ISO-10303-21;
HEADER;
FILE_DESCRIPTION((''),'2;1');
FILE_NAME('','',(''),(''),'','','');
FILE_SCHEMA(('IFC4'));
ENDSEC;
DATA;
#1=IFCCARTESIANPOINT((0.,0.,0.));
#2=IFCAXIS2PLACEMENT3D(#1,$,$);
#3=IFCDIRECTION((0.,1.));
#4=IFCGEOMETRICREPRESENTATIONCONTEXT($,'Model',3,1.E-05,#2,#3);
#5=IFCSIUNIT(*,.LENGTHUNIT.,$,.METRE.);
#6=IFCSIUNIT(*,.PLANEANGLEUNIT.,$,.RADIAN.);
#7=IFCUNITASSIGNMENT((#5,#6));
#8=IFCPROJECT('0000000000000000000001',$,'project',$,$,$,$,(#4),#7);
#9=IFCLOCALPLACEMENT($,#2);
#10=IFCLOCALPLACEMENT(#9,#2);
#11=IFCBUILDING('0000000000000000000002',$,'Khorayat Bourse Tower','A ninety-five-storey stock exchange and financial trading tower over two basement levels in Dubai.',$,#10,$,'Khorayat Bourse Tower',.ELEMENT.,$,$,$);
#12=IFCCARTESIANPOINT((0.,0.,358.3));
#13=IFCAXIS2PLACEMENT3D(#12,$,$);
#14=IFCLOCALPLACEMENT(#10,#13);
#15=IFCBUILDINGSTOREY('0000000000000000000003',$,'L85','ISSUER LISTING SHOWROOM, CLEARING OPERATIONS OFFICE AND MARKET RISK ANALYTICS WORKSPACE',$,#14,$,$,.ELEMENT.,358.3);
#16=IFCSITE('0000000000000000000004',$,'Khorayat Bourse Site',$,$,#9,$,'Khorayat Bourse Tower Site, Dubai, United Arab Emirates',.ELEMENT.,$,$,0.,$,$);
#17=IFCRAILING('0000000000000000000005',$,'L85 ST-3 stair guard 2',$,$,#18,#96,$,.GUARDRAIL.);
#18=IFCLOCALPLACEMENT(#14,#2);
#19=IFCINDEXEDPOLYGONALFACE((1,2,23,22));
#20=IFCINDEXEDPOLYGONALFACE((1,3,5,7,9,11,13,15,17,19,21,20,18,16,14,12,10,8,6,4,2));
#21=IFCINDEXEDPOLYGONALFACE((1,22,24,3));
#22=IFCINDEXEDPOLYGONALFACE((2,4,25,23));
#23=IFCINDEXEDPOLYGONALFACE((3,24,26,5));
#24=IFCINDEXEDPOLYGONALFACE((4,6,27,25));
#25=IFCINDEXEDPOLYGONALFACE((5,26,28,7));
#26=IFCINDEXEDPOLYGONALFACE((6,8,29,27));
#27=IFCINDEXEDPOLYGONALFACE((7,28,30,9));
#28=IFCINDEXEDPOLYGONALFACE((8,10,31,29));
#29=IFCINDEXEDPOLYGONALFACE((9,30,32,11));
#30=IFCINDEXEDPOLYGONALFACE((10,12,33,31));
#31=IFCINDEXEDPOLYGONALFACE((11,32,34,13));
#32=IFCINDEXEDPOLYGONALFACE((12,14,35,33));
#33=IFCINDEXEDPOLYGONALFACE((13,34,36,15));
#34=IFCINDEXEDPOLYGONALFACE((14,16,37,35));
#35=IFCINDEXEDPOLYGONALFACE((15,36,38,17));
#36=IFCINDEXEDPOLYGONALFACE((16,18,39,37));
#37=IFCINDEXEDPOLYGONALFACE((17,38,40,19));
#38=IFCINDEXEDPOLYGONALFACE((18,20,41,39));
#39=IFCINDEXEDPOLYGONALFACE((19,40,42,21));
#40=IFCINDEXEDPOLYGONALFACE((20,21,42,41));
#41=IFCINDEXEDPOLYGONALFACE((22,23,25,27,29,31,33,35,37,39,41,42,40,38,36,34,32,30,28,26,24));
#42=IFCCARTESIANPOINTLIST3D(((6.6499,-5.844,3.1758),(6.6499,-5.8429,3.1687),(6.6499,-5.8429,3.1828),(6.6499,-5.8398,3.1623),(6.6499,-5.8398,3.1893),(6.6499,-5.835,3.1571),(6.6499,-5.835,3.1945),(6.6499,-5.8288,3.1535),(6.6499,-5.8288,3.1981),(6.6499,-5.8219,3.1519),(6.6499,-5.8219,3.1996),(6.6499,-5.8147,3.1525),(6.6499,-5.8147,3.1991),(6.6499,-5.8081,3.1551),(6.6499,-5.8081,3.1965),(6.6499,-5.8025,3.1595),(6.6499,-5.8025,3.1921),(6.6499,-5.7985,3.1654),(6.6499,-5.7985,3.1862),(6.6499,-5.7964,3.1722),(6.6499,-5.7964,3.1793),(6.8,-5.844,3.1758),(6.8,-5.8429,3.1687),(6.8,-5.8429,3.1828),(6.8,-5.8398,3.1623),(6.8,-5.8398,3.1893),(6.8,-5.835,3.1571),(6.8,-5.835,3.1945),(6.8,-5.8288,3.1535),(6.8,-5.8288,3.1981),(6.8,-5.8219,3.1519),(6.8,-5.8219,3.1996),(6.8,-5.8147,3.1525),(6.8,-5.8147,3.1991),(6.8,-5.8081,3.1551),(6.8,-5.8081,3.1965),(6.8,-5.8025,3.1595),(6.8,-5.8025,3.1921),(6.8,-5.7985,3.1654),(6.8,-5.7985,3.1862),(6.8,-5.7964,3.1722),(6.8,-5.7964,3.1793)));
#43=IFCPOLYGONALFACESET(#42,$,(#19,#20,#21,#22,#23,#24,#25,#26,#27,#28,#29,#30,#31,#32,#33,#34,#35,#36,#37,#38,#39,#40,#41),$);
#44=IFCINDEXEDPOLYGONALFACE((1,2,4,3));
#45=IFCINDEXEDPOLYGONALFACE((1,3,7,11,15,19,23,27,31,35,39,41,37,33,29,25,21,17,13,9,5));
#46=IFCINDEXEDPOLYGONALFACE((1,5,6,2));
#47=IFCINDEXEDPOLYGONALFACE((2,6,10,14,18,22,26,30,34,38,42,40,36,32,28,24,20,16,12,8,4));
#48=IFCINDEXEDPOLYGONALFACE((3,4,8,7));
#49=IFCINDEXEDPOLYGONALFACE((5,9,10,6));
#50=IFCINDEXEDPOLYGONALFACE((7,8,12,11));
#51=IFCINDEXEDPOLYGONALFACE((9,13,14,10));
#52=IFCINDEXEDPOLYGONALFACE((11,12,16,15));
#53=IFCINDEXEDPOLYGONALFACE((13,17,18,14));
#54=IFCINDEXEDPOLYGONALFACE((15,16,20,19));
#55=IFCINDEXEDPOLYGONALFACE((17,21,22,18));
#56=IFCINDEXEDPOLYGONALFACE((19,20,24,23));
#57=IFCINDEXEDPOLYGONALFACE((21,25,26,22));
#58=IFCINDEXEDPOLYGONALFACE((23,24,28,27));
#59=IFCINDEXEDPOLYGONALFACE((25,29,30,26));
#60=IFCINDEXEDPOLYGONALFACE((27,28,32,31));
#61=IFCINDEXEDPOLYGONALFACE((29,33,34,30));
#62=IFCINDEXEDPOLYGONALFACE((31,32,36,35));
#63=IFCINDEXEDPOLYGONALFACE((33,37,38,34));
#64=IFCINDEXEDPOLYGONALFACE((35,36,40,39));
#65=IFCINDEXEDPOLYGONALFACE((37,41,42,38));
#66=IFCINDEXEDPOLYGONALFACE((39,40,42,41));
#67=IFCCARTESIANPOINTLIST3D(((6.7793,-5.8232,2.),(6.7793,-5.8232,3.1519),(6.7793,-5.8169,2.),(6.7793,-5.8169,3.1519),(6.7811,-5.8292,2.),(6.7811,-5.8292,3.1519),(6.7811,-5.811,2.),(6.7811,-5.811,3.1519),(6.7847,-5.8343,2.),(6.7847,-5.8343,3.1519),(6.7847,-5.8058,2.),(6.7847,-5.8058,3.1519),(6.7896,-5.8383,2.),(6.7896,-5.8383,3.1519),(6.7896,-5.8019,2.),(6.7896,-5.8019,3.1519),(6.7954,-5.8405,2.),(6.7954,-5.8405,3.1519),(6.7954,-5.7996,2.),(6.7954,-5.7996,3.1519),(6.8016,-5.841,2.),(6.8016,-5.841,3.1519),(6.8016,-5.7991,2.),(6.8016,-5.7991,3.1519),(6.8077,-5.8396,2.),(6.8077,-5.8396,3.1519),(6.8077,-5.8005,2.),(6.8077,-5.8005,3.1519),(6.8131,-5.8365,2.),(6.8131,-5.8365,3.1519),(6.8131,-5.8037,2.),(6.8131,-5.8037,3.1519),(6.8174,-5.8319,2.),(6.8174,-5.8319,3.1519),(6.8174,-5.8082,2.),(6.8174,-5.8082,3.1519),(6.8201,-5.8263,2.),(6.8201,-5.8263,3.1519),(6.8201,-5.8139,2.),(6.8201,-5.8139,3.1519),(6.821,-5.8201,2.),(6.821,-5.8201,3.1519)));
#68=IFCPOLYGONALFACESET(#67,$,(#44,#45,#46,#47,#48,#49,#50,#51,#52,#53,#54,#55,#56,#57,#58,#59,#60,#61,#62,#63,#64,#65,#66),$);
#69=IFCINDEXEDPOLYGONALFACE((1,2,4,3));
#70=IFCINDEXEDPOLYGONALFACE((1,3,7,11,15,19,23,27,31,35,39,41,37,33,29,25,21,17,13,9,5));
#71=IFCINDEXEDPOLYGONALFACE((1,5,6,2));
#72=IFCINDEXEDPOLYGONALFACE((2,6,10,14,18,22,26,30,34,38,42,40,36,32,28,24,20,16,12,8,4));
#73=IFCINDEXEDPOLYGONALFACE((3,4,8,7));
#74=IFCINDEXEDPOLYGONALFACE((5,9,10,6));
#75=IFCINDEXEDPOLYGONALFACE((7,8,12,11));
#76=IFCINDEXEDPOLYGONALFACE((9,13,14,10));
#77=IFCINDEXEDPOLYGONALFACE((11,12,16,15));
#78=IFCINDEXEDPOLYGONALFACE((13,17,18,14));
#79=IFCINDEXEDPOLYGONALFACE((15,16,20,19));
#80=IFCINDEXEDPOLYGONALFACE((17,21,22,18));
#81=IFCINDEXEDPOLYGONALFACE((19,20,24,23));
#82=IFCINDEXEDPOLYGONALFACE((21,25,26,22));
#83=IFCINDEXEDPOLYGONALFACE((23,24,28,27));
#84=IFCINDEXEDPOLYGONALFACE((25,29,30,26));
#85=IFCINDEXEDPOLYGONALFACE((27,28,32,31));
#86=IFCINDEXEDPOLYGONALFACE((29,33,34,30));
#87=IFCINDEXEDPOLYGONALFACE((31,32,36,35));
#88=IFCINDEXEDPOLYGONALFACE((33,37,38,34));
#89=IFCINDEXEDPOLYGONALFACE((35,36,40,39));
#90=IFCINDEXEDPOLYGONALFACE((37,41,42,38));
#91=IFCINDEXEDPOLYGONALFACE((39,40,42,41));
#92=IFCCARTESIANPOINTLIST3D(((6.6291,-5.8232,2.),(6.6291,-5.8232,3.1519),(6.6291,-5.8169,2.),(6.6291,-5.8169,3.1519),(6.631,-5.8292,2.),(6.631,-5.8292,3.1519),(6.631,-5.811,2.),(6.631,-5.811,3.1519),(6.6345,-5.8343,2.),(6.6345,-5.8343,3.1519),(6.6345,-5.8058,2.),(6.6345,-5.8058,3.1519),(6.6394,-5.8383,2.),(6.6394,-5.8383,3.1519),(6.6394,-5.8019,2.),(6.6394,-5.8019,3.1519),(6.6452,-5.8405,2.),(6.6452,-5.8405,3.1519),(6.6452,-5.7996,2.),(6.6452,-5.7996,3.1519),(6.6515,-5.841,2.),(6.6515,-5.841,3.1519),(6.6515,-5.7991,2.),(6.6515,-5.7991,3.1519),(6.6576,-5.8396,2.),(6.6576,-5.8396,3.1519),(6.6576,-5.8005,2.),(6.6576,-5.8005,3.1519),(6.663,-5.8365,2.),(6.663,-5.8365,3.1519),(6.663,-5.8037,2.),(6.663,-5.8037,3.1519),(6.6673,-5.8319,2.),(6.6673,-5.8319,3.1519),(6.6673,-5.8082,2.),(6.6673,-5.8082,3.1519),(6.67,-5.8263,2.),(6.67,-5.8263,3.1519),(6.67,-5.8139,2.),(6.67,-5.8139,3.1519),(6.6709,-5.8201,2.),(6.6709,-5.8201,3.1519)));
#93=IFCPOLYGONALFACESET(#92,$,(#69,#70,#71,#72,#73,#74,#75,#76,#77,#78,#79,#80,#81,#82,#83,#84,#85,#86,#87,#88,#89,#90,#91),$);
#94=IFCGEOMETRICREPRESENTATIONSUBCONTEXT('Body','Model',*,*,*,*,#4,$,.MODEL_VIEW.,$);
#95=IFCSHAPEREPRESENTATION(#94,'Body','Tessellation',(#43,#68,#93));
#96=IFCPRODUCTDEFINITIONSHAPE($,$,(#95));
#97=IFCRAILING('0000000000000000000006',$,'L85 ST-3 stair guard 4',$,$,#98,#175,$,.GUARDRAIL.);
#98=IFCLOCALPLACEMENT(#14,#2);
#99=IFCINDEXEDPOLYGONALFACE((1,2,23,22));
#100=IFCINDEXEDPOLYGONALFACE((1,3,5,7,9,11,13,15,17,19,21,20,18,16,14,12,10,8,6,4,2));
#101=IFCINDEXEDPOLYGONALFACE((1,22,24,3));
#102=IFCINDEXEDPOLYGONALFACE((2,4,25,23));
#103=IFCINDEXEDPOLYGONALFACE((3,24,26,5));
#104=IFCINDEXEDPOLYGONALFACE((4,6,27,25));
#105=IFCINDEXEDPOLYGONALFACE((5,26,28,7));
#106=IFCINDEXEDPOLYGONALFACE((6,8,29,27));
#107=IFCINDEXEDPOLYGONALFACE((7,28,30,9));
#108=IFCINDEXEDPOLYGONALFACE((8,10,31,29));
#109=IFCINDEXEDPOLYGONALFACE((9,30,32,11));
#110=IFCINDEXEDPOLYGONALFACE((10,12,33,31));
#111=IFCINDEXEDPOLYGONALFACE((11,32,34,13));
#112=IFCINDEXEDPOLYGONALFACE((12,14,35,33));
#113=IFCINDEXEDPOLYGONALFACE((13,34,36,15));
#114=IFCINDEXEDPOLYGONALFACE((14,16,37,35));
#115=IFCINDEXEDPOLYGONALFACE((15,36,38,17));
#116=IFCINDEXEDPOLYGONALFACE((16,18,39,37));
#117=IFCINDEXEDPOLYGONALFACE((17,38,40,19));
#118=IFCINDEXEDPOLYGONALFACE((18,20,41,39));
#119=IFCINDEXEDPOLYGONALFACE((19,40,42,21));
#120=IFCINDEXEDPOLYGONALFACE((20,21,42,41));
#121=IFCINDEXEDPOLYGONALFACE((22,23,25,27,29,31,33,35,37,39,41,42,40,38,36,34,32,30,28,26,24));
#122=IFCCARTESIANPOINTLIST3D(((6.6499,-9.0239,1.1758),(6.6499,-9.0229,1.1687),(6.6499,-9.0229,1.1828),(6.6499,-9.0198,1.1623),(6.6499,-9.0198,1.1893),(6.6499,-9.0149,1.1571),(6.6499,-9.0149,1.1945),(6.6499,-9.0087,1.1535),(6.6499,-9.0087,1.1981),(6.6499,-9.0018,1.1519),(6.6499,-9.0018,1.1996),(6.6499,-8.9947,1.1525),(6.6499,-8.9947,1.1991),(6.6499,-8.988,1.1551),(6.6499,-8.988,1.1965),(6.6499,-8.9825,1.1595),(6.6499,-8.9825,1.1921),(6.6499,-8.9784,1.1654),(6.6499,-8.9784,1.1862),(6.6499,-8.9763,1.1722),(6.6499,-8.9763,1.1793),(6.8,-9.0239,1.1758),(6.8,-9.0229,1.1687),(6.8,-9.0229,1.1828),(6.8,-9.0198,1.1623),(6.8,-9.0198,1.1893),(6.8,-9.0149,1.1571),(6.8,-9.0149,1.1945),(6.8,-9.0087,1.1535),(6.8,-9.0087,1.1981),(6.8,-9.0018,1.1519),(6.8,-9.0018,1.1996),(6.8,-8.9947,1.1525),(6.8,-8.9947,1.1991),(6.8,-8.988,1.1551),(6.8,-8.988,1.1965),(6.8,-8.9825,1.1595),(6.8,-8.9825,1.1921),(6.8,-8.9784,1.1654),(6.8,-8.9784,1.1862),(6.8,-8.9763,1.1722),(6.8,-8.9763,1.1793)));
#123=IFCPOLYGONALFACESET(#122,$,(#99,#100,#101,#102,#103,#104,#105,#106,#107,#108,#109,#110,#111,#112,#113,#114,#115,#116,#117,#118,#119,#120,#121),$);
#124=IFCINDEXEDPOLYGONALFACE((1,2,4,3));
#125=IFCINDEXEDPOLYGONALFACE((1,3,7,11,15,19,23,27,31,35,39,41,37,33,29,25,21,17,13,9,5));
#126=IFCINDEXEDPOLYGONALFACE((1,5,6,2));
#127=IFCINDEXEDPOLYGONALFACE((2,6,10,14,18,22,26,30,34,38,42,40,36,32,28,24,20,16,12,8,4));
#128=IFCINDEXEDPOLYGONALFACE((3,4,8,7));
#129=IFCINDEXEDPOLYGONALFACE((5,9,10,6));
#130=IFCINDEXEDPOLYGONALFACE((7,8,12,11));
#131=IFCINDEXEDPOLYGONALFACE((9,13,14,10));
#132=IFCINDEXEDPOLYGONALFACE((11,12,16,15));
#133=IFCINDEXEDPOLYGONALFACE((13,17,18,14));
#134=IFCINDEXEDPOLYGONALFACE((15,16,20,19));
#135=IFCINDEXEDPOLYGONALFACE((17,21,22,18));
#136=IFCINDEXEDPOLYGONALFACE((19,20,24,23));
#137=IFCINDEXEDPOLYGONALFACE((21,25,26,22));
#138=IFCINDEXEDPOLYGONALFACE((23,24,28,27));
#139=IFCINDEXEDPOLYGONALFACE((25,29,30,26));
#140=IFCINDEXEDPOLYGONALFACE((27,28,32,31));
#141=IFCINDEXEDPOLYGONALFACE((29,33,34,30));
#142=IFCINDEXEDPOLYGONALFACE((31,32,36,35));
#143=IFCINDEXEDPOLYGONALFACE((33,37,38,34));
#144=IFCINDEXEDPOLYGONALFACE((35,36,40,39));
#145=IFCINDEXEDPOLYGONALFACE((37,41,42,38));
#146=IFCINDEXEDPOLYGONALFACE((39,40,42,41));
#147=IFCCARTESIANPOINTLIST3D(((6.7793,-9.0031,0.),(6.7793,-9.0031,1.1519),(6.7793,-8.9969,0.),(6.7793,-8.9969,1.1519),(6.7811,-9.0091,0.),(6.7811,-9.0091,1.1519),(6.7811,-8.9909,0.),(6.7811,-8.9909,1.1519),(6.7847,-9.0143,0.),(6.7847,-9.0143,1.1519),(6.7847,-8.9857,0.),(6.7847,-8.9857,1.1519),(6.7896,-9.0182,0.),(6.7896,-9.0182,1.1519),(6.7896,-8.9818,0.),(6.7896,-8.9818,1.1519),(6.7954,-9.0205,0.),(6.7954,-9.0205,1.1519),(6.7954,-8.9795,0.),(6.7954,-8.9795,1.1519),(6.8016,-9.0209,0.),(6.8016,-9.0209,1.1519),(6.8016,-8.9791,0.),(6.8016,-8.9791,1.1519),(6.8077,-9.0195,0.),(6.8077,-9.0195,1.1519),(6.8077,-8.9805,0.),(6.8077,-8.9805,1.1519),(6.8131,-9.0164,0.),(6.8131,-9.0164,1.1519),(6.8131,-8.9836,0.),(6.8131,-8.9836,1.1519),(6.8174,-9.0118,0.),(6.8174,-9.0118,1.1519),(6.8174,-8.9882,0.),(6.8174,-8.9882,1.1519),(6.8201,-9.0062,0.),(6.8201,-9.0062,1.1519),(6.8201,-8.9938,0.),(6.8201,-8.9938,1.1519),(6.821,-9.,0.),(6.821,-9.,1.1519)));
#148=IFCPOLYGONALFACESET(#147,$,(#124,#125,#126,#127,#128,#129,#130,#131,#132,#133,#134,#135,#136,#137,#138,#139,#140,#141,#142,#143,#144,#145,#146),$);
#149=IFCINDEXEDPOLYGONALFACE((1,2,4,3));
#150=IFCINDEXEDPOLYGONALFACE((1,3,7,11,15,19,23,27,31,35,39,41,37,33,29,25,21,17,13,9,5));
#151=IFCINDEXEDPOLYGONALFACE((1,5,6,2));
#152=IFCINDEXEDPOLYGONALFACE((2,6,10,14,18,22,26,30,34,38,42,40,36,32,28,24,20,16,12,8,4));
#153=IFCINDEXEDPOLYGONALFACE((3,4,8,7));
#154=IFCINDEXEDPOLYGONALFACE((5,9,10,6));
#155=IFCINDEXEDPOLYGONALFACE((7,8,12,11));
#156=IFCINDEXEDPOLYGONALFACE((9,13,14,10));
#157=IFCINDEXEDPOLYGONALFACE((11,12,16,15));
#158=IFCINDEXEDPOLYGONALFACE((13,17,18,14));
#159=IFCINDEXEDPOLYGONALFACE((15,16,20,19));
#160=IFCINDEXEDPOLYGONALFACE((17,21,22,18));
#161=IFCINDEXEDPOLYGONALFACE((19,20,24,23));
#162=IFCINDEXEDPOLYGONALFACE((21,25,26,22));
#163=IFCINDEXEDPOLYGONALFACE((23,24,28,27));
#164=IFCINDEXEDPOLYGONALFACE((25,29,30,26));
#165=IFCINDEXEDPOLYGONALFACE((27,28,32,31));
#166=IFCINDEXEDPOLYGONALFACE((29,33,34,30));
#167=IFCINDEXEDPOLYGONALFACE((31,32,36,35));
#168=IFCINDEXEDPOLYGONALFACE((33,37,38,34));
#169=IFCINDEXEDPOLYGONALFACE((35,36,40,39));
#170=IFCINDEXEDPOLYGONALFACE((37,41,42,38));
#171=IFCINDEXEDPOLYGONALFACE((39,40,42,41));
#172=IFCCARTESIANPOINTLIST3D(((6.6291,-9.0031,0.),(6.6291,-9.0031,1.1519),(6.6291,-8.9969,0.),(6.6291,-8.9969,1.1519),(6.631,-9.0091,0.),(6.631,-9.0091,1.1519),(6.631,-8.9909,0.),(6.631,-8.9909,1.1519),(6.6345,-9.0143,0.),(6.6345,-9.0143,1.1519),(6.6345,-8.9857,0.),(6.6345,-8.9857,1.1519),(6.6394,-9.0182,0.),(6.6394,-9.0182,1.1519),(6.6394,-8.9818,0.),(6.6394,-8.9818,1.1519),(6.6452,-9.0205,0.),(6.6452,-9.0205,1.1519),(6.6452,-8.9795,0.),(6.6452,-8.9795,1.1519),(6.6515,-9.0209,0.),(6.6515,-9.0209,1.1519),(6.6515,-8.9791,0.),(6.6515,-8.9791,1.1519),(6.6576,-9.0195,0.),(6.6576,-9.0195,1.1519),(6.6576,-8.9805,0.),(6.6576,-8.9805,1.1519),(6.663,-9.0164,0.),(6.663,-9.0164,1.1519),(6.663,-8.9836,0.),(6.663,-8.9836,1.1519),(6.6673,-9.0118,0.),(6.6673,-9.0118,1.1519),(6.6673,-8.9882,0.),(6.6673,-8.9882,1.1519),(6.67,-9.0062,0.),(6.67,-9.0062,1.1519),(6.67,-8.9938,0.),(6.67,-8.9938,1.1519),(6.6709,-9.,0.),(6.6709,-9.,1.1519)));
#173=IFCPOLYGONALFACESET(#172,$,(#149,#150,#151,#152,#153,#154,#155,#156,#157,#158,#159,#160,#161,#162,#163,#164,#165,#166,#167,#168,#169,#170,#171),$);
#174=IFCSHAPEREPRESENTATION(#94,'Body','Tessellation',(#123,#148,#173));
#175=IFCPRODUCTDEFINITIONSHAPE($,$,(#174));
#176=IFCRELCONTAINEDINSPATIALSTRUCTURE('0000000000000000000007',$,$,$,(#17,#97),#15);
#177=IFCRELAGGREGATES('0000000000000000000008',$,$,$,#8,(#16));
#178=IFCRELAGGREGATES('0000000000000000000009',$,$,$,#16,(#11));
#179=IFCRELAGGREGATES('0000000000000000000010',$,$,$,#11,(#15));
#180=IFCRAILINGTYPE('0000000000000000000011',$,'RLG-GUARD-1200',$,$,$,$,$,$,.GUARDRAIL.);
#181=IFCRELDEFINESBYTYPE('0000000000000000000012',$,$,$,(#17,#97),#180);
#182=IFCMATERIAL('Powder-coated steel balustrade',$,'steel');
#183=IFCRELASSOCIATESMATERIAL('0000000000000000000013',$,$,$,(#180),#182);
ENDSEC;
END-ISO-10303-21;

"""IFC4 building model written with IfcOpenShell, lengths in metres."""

from ifc_helpers import new_model, si_unit, direction, frame, origin, origin_2d, place, context, subcontext, project, spatial, circle, extrude, source, transform, mapped, material, type_object, element, save


model = new_model("IFC4")

# Units and contexts
model_context = context("Model", 3, precision=1e-05, world=origin(), true_north=direction((0.0, 1.0)))
body_context = subcontext(model_context, "Body", "Model", "MODEL_VIEW")
ifc_project = project(units=[si_unit("LENGTHUNIT", "METRE"), si_unit("PLANEANGLEUNIT", "RADIAN")], contexts=[model_context])

# Site, building, storey
site_placement = place(None, origin())
site = spatial("IfcSite", under=ifc_project, at=site_placement, Name="Khorayat Bourse Site", LongName="Khorayat Bourse Tower Site, Dubai, United Arab Emirates", CompositionType="ELEMENT", RefElevation=0.0)
building_placement = place(site_placement, origin())
building = spatial("IfcBuilding", under=site, at=building_placement, Name="Khorayat Bourse Tower", Description="A ninety-five-storey stock exchange and financial trading tower over two basement levels in Dubai.", LongName="Khorayat Bourse Tower", CompositionType="ELEMENT")
storey_placement = place(building_placement, frame((0.0, 0.0, 358.3)))
storey = spatial("IfcBuildingStorey", under=building, at=storey_placement, Name="L85", Description="ISSUER LISTING SHOWROOM, CLEARING OPERATIONS OFFICE AND MARKET RISK ANALYTICS WORKSPACE", CompositionType="ELEMENT", Elevation=358.3)

# Railings
ifc_material_1 = material(Name="Powder-coated steel balustrade", Category="steel")
railing_type_1 = type_object("IfcRailingType", Name="RLG-GUARD-1200", PredefinedType="GUARDRAIL", material=ifc_material_1)
shared_shape_1 = source(origin(), body_context, "Body", "SweptSolid", [
    extrude(circle(Radius=0.0239, at=origin_2d()), frame((0.0, 0.0, 1.1758), z_axis=(-1.0, 0.0, 0.0), x_axis=(0.0, -1.0, 0.0)), (0.0, 0.0, 1.0), 0.1501),
    extrude(circle(Radius=0.021, at=origin_2d()), origin(), (0.0, 0.0, 1.0), 1.1519),
    extrude(circle(Radius=0.021, at=origin_2d()), frame((-0.1501, 0.0, 0.0)), (0.0, 0.0, 1.0), 1.1519),
])
for number, where, name in (
    (1, (6.8, -5.8201, 2.0), "L85 ST-3 stair guard 2"),
    (2, (6.8, -9.0, 0.0), "L85 ST-3 stair guard 4"),
):
    element("IfcRailing", number, at=place(storey_placement, frame(where)), inside=storey, type_object=railing_type_1, Name=name, PredefinedType="GUARDRAIL", context=body_context, shape_type="MappedRepresentation", body=[
        mapped(shared_shape_1, transform((0.0, 0.0, 0.0), scale=1.0)),
    ])

save(model, "model.ifc")
